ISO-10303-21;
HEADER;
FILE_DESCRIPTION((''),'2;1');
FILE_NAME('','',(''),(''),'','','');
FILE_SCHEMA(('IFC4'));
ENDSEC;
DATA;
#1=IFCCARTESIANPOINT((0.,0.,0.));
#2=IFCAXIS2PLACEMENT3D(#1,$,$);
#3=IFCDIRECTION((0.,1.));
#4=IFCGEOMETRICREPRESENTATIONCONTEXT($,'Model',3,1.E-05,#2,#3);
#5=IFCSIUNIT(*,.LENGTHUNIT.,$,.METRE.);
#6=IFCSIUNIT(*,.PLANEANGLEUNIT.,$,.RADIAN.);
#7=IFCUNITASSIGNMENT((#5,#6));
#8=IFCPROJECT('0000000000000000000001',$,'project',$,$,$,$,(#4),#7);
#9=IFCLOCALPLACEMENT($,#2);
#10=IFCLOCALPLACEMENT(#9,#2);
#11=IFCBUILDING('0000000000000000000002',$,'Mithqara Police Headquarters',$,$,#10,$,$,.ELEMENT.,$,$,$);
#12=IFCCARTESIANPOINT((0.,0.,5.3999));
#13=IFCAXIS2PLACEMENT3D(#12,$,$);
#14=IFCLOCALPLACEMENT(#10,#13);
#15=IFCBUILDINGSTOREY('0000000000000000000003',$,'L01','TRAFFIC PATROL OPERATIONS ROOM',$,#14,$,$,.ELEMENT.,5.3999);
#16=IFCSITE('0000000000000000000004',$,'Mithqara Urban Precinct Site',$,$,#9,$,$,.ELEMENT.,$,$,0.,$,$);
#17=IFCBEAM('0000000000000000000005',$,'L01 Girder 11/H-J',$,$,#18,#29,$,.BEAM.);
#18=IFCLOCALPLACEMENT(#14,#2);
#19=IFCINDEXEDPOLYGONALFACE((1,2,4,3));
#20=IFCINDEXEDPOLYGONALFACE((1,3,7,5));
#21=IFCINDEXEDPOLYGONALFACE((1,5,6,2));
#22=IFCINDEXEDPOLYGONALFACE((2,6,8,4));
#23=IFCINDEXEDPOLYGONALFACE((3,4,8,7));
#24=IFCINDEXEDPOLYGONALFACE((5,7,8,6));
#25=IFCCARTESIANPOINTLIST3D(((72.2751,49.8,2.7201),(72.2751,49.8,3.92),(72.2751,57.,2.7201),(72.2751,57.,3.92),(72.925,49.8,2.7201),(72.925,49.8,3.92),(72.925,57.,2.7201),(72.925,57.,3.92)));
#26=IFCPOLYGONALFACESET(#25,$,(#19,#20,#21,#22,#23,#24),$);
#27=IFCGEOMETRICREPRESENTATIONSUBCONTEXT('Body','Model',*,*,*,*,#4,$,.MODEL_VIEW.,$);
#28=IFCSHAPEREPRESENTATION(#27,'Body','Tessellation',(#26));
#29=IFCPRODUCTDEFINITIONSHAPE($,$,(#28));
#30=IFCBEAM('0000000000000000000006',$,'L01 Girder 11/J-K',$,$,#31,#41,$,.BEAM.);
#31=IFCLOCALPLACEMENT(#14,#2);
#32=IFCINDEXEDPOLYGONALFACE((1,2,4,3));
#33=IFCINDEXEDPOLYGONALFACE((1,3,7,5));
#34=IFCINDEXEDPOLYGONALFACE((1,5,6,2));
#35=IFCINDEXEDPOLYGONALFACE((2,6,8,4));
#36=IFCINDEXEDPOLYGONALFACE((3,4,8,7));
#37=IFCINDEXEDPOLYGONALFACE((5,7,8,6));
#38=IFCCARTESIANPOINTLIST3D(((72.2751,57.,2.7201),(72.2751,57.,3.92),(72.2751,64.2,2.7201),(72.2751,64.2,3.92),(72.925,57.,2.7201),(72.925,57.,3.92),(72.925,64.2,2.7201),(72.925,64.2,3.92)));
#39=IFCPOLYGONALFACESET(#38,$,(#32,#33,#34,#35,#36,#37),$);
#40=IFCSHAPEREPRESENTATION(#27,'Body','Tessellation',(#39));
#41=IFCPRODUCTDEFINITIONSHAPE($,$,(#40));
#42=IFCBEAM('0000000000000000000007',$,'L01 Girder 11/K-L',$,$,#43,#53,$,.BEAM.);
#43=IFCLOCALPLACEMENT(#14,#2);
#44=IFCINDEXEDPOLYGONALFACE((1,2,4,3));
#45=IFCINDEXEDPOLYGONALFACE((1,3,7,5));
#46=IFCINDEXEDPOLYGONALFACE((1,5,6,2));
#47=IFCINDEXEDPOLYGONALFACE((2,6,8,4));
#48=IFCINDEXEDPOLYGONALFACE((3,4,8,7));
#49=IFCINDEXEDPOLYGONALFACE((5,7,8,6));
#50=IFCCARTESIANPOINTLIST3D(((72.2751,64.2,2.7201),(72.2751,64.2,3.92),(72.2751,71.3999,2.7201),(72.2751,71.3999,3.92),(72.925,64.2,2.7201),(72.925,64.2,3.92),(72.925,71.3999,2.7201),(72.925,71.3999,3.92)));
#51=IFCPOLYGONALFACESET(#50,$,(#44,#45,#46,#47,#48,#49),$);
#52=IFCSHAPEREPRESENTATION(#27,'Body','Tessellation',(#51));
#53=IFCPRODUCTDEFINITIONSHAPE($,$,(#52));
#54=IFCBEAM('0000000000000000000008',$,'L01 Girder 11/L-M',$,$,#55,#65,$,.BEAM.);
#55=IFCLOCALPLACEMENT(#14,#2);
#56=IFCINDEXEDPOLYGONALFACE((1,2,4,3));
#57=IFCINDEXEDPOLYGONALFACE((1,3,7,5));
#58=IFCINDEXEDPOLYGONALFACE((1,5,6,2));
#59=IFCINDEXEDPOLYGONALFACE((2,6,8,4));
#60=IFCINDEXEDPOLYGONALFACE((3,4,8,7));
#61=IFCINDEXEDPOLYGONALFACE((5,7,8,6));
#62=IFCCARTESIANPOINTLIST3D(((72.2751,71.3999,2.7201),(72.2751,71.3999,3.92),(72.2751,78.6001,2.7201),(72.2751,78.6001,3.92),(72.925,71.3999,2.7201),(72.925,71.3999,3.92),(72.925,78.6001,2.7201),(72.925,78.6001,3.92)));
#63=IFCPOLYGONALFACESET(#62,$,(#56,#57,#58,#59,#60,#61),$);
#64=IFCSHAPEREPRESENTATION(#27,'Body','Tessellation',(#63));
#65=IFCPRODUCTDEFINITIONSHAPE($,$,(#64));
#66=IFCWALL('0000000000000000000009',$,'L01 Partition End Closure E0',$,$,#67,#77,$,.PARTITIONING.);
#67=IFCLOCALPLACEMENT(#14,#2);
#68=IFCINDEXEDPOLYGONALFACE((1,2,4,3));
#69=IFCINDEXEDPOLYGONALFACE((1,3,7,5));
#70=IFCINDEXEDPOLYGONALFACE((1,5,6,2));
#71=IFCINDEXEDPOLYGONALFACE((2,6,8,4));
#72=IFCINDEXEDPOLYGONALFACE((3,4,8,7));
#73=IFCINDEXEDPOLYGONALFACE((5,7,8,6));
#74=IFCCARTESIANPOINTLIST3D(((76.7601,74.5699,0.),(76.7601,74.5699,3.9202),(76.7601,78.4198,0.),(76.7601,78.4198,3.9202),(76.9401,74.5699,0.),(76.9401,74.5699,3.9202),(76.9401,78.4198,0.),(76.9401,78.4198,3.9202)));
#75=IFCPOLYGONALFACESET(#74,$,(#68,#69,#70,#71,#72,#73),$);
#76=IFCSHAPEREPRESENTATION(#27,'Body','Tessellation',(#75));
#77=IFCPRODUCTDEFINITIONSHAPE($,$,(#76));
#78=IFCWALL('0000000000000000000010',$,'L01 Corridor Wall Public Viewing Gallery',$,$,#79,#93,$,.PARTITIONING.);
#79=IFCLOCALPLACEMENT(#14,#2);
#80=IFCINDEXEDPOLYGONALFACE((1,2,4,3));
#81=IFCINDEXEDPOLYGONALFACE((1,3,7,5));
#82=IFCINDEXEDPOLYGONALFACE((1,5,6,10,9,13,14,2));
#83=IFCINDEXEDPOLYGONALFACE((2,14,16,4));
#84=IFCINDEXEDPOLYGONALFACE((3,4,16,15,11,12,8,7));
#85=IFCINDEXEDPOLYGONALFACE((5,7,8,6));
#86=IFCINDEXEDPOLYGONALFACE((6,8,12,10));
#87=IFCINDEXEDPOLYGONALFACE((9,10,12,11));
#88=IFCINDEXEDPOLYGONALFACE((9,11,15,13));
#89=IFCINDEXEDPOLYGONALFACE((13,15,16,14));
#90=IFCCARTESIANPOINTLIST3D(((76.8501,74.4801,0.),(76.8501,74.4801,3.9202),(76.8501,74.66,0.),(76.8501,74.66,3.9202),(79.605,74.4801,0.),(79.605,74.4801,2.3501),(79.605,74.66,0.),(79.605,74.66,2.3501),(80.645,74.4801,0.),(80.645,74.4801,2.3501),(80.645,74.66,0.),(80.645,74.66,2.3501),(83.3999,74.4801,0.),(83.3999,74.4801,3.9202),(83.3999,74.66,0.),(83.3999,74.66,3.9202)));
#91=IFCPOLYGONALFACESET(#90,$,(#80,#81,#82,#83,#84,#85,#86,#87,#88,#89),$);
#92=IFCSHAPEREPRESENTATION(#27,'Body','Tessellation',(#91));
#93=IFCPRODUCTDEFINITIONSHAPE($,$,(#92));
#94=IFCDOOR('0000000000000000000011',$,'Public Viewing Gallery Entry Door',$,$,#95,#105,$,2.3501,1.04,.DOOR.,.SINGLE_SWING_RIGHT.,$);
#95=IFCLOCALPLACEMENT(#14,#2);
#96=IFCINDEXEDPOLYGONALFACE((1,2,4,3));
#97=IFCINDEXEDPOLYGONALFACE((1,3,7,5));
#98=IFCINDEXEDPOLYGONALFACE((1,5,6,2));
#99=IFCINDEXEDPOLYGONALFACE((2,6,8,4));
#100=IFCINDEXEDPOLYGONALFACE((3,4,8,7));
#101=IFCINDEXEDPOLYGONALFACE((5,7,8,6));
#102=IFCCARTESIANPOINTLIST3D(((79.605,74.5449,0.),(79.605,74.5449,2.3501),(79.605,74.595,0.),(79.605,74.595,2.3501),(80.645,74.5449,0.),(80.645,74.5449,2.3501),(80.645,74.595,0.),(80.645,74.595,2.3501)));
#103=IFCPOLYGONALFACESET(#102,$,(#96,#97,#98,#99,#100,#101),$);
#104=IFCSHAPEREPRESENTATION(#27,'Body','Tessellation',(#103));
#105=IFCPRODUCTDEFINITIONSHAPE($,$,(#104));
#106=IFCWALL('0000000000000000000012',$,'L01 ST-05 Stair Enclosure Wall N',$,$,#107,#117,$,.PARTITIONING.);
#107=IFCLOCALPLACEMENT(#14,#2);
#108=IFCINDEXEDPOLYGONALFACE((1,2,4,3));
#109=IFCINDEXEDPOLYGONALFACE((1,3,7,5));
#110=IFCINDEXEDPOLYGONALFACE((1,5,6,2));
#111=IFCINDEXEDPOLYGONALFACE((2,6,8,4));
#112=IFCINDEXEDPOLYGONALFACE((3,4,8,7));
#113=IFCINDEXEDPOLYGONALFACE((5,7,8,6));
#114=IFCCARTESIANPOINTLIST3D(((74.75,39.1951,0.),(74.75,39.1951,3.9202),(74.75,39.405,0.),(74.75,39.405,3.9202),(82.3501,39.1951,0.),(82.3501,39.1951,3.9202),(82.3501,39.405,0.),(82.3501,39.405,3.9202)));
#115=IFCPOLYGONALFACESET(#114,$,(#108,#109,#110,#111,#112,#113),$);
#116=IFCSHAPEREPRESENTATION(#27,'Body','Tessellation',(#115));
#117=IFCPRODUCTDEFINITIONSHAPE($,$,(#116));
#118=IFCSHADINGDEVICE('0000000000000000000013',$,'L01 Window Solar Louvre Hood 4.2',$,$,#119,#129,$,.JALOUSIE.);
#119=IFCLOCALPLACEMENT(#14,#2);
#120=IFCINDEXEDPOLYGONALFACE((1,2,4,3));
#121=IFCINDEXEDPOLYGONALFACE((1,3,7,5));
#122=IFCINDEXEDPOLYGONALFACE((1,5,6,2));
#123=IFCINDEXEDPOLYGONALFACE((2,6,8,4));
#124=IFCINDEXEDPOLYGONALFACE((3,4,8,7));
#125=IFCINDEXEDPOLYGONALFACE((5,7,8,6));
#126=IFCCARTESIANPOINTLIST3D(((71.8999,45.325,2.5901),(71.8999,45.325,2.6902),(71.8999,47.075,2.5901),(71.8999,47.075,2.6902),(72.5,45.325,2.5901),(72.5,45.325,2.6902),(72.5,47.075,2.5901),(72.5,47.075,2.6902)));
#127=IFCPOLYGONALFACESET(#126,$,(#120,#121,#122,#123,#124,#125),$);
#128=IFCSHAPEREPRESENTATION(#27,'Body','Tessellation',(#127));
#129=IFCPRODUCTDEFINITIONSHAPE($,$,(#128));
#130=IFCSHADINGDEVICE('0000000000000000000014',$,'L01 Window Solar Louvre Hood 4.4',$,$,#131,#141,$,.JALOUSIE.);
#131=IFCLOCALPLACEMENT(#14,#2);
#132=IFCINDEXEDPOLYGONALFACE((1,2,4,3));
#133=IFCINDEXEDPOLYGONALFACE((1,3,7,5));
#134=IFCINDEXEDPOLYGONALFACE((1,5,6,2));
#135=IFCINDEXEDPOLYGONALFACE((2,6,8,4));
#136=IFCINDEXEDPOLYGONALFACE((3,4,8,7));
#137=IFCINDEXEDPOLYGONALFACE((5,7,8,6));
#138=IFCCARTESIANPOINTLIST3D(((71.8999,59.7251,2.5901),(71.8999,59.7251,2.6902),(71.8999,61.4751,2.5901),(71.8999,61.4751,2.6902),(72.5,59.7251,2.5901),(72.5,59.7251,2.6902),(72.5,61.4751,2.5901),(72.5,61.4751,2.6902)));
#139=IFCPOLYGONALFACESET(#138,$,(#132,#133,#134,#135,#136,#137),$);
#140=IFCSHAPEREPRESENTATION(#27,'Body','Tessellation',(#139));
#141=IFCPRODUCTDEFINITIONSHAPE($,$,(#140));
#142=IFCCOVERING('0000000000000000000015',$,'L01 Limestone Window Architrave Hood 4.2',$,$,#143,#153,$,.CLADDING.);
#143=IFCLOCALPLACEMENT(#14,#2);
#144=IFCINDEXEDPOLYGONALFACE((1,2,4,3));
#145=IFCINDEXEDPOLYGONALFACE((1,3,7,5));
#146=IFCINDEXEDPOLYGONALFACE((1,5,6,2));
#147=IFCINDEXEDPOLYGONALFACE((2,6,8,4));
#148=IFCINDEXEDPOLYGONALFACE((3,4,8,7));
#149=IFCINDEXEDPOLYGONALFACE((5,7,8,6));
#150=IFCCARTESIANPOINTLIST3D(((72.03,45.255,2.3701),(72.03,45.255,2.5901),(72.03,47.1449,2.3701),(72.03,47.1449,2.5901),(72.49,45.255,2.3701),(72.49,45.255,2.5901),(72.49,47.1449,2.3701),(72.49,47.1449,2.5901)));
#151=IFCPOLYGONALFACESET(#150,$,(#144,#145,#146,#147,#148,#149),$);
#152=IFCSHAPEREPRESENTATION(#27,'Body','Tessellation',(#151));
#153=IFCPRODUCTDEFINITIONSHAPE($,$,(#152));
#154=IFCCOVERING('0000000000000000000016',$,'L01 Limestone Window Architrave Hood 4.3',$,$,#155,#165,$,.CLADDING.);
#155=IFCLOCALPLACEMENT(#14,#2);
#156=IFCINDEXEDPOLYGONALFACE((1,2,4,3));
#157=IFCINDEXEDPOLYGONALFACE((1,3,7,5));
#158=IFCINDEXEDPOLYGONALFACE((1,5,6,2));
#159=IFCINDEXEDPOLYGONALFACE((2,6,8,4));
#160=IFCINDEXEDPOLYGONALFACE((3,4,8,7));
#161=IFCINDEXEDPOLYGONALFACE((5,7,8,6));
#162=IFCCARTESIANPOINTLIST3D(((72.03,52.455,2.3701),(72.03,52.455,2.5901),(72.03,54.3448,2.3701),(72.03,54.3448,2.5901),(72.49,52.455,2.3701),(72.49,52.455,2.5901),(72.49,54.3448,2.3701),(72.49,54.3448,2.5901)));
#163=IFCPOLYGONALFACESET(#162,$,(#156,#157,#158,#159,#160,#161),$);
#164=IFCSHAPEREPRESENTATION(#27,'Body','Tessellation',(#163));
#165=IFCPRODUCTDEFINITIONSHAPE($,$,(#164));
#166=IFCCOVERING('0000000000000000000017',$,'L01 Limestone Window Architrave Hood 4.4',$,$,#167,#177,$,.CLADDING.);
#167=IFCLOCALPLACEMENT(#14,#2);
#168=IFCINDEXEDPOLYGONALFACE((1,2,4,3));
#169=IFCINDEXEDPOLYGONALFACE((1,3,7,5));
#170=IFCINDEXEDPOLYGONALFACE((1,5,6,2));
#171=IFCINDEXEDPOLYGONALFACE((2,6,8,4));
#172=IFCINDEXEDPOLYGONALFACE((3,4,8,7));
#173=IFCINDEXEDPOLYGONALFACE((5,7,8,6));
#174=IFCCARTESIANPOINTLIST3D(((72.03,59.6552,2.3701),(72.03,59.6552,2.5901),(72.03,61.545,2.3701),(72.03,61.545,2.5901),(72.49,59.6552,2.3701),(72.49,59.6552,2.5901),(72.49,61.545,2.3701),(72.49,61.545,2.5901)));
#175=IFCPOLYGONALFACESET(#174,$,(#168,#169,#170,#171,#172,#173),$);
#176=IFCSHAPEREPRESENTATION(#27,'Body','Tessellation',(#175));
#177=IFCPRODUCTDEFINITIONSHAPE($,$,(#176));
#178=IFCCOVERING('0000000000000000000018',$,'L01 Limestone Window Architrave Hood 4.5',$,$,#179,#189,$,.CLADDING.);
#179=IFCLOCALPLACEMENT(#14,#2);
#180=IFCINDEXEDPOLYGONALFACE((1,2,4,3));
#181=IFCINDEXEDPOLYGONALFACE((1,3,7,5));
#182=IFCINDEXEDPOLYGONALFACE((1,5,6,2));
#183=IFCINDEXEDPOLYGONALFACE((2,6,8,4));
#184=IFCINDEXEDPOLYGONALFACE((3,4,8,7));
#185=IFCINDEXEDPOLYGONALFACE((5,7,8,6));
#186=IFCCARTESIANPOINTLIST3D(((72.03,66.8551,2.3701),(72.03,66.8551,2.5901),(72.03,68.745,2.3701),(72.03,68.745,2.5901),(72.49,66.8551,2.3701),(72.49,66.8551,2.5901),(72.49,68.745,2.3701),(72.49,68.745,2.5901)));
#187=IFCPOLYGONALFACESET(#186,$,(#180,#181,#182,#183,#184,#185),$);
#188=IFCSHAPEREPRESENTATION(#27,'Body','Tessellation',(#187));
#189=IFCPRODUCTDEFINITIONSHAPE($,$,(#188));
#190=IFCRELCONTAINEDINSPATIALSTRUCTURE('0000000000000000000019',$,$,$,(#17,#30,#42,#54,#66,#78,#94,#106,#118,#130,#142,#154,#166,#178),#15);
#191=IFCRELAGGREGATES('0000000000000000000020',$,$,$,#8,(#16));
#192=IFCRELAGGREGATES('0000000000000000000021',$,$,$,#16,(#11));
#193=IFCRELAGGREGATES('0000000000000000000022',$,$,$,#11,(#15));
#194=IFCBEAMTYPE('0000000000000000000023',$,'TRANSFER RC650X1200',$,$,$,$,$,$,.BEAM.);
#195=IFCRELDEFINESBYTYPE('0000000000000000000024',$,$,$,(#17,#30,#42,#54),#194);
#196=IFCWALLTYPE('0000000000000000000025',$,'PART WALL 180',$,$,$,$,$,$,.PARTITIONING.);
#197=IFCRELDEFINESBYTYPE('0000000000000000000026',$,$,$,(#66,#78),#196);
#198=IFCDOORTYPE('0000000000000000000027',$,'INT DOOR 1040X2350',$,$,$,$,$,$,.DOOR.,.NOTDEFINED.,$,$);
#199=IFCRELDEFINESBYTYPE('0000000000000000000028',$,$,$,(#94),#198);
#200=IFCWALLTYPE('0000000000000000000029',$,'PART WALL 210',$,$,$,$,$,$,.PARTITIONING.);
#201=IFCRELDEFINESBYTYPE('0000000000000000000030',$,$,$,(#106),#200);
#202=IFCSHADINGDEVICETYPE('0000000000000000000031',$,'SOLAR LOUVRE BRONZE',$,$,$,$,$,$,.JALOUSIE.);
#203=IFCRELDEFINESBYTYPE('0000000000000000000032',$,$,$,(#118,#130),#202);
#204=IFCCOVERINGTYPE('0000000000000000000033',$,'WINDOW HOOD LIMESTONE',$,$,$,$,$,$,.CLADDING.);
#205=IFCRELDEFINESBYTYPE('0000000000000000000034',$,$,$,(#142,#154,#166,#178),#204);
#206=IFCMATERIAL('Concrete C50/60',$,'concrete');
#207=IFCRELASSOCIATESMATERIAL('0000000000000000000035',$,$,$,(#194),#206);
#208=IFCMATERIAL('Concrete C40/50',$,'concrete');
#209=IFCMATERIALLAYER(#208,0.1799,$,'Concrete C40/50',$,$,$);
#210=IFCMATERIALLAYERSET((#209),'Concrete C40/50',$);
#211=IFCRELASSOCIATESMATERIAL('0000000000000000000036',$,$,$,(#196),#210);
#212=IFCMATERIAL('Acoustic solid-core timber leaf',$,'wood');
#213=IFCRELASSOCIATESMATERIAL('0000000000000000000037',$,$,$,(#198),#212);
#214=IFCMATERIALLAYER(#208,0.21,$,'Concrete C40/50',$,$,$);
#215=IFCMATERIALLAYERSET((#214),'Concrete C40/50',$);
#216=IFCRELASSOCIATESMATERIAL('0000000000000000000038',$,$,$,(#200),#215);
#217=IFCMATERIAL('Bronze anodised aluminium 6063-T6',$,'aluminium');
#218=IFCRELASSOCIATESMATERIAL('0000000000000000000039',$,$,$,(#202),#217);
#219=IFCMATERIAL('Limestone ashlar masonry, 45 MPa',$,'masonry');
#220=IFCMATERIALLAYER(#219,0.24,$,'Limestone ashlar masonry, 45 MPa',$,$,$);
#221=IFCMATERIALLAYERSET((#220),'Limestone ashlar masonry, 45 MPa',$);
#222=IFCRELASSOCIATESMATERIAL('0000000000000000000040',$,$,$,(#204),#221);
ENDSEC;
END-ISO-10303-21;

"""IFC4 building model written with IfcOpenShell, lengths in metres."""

from ifc_helpers import new_model, si_unit, direction, frame, frame_2d, origin, origin_2d, place, context, subcontext, project, spatial, rectangle, extrude, material, layer, layer_set, material_profile, profile_set, type_object, element, fill, save


model = new_model("IFC4")

# Units and contexts
model_context = context("Model", 3, precision=1e-05, world=origin(), true_north=direction((0.0, 1.0)))
body_context = subcontext(model_context, "Body", "Model", "MODEL_VIEW")
ifc_project = project(units=[si_unit("LENGTHUNIT", "METRE"), si_unit("PLANEANGLEUNIT", "RADIAN")], contexts=[model_context])

# Site, building, storey
site_placement = place(None, origin())
site = spatial("IfcSite", under=ifc_project, at=site_placement, Name="Mithqara Urban Precinct Site", CompositionType="ELEMENT", RefElevation=0.0)
building_placement = place(site_placement, origin())
building = spatial("IfcBuilding", under=site, at=building_placement, Name="Mithqara Police Headquarters", CompositionType="ELEMENT")
storey_placement = place(building_placement, frame((0.0, 0.0, 5.3999)))
storey = spatial("IfcBuildingStorey", under=building, at=storey_placement, Name="L01", Description="TRAFFIC PATROL OPERATIONS ROOM", CompositionType="ELEMENT", Elevation=5.3999)

# Shared definitions
ifc_material_1 = material(Name="Concrete C50/60", Category="concrete")

# Beams
ifc_material_profile_1 = material_profile(ifc_material_1, rectangle(XDim=0.6499, YDim=1.2, at=origin_2d()), Name="RC 650x1200")
ifc_profile_set_1 = profile_set([ifc_material_profile_1], Name="Concrete C50/60")
beam_type = type_object("IfcBeamType", Name="TRANSFER RC650X1200", PredefinedType="BEAM", material=ifc_profile_set_1)
for number, where, z_axis, x_axis, name in (
    (1, (72.6001, 49.8, 3.3201), (0.0, 1.0, 0.0), (-1.0, 0.0, 0.0), "L01 Girder 11/H-J"),
    (2, (72.6001, 57.0, 3.3201), (0.0, 1.0, 0.0), (-1.0, 0.0, 0.0), "L01 Girder 11/J-K"),
    (3, (72.6001, 64.2, 3.3201), (0.0, 1.0, 0.0), (-1.0, 0.0, 0.0), "L01 Girder 11/K-L"),
):
    element("IfcBeam", number, at=place(storey_placement, frame(where, z_axis=z_axis, x_axis=x_axis)), inside=storey, type_object=beam_type, Name=name, PredefinedType="BEAM", context=body_context, shape_type="SweptSolid", body=[
        extrude(rectangle(XDim=0.6499, YDim=1.2, at=origin_2d()), origin(), (0.0, 0.0, 1.0), 7.2),
    ])
beam_placement = place(storey_placement, frame((72.6001, 71.3999, 3.3201), z_axis=(0.0, 1.0, 0.0), x_axis=(-1.0, 0.0, 0.0)))
element("IfcBeam", 4, at=beam_placement, inside=storey, type_object=beam_type, Name="L01 Girder 11/L-M", PredefinedType="BEAM", context=body_context, shape_type="SweptSolid", body=[
    extrude(rectangle(XDim=0.6499, YDim=1.2, at=origin_2d()), origin(), (0.0, 0.0, 1.0), 7.2002),
])

# Wall
ifc_material_2 = material(Name="Concrete C40/50", Category="concrete")
ifc_layer_1 = layer(ifc_material_2, 0.1799, Name="Concrete C40/50")
ifc_layer_set_1 = layer_set([ifc_layer_1], Name="Concrete C40/50")
wall_type_1 = type_object("IfcWallType", Name="PART WALL 180", PredefinedType="PARTITIONING", material=ifc_layer_set_1)
wall_1_placement = place(storey_placement, frame((76.8501, 74.5701, 0.0), z_axis=(0.0, 0.0, 1.0), x_axis=(0.0, 1.0, 0.0)))
element("IfcWall", 5, at=wall_1_placement, inside=storey, type_object=wall_type_1, Name="L01 Partition End Closure E0", PredefinedType="PARTITIONING", context=body_context, shape_type="SweptSolid", body=[
    extrude(rectangle(XDim=3.8499, YDim=0.1799, at=frame_2d((1.9248, 0.0))), origin(), (0.0, 0.0, 1.0), 3.9202),
])

# Wall, opening, door
wall_2_placement = place(storey_placement, frame((76.8501, 74.5701, 0.0), z_axis=(0.0, 0.0, 1.0), x_axis=(1.0, 0.0, 0.0)))
wall_2 = element("IfcWall", 6, at=wall_2_placement, inside=storey, type_object=wall_type_1, Name="L01 Corridor Wall Public Viewing Gallery", PredefinedType="PARTITIONING", context=body_context, shape_type="SweptSolid", body=[
    extrude(rectangle(XDim=6.5498, YDim=0.1799, at=frame_2d((3.2749, 0.0))), origin(), (0.0, 0.0, 1.0), 3.9202),
])
opening_placement = place(wall_2_placement, frame((2.7549, 0.0, 0.0)))
opening = element("IfcOpeningElement", 7, at=opening_placement, cuts=wall_2, PredefinedType="OPENING", context=body_context, shape_type="SweptSolid", body=[
    extrude(rectangle(XDim=1.04, YDim=2.3501, at=frame_2d((0.52, 1.175))), frame((0.0, 0.1001, 0.0), z_axis=(0.0, -1.0, 0.0), x_axis=(1.0, 0.0, 0.0)), (0.0, 0.0, 1.0), 0.2),
])
ifc_material_3 = material(Name="Acoustic solid-core timber leaf", Category="wood")
door_type = type_object("IfcDoorType", Name="INT DOOR 1040X2350", OperationType="NOTDEFINED", PredefinedType="DOOR", material=ifc_material_3)
door_placement = place(opening_placement, origin())
door = element("IfcDoor", 8, at=door_placement, inside=storey, type_object=door_type, Name="Public Viewing Gallery Entry Door", OperationType="SINGLE_SWING_RIGHT", OverallHeight=2.3501, OverallWidth=1.04, PredefinedType="DOOR", context=body_context, shape_type="SweptSolid", body=[
    extrude(rectangle(XDim=1.04, YDim=2.3501, at=frame_2d((0.52, 1.175))), frame((0.0, 0.0249, 0.0), z_axis=(0.0, -1.0, 0.0), x_axis=(1.0, 0.0, 0.0)), (0.0, 0.0, 1.0), 0.05),
])
fill(opening, door)

# Wall
ifc_layer_2 = layer(ifc_material_2, 0.21, Name="Concrete C40/50")
ifc_layer_set_2 = layer_set([ifc_layer_2], Name="Concrete C40/50")
wall_type_2 = type_object("IfcWallType", Name="PART WALL 210", PredefinedType="PARTITIONING", material=ifc_layer_set_2)
wall_3_placement = place(storey_placement, frame((74.75, 39.3, 0.0), z_axis=(0.0, 0.0, 1.0), x_axis=(1.0, 0.0, 0.0)))
element("IfcWall", 9, at=wall_3_placement, inside=storey, type_object=wall_type_2, Name="L01 ST-05 Stair Enclosure Wall N", PredefinedType="PARTITIONING", context=body_context, shape_type="SweptSolid", body=[
    extrude(rectangle(XDim=7.6001, YDim=0.21, at=frame_2d((3.8, 0.0))), origin(), (0.0, 0.0, 1.0), 3.9202),
])

# Shared definitions
ifc_material_4 = material(Name="Bronze anodised aluminium 6063-T6", Category="aluminium")

# Shading devices
shading_device_type = type_object("IfcShadingDeviceType", Name="SOLAR LOUVRE BRONZE", PredefinedType="JALOUSIE", material=ifc_material_4)
for number, where, z_axis, x_axis, name in (
    (10, (72.2, 46.2, 2.5901), (0.0, 0.0, 1.0), (0.0, 1.0, 0.0), "L01 Window Solar Louvre Hood 4.2"),
    (11, (72.2, 60.6001, 2.5901), (0.0, 0.0, 1.0), (0.0, 1.0, 0.0), "L01 Window Solar Louvre Hood 4.4"),
):
    element("IfcShadingDevice", number, at=place(storey_placement, frame(where, z_axis=z_axis, x_axis=x_axis)), inside=storey, type_object=shading_device_type, Name=name, PredefinedType="JALOUSIE", context=body_context, shape_type="SweptSolid", body=[
        extrude(rectangle(XDim=1.75, YDim=0.6001, at=origin_2d()), origin(), (0.0, 0.0, 1.0), 0.1001),
    ])

# Coverings
ifc_material_5 = material(Name="Limestone ashlar masonry, 45 MPa", Category="masonry")
ifc_layer_3 = layer(ifc_material_5, 0.24, Name="Limestone ashlar masonry, 45 MPa")
ifc_layer_set_3 = layer_set([ifc_layer_3], Name="Limestone ashlar masonry, 45 MPa")
covering_type = type_object("IfcCoveringType", Name="WINDOW HOOD LIMESTONE", PredefinedType="CLADDING", material=ifc_layer_set_3)
for number, where, z_axis, x_axis, name in (
    (12, (72.26, 46.2, 2.3701), (0.0, 0.0, 1.0), (0.0, 1.0, 0.0), "L01 Limestone Window Architrave Hood 4.2"),
    (13, (72.26, 53.3999, 2.3701), (0.0, 0.0, 1.0), (0.0, 1.0, 0.0), "L01 Limestone Window Architrave Hood 4.3"),
    (14, (72.26, 60.6001, 2.3701), (0.0, 0.0, 1.0), (0.0, 1.0, 0.0), "L01 Limestone Window Architrave Hood 4.4"),
    (15, (72.26, 67.8, 2.3701), (0.0, 0.0, 1.0), (0.0, 1.0, 0.0), "L01 Limestone Window Architrave Hood 4.5"),
):
    element("IfcCovering", number, at=place(storey_placement, frame(where, z_axis=z_axis, x_axis=x_axis)), inside=storey, type_object=covering_type, Name=name, PredefinedType="CLADDING", context=body_context, shape_type="SweptSolid", body=[
        extrude(rectangle(XDim=1.8899, YDim=0.46, at=origin_2d()), origin(), (0.0, 0.0, 1.0), 0.22),
    ])

save(model, "model.ifc")
